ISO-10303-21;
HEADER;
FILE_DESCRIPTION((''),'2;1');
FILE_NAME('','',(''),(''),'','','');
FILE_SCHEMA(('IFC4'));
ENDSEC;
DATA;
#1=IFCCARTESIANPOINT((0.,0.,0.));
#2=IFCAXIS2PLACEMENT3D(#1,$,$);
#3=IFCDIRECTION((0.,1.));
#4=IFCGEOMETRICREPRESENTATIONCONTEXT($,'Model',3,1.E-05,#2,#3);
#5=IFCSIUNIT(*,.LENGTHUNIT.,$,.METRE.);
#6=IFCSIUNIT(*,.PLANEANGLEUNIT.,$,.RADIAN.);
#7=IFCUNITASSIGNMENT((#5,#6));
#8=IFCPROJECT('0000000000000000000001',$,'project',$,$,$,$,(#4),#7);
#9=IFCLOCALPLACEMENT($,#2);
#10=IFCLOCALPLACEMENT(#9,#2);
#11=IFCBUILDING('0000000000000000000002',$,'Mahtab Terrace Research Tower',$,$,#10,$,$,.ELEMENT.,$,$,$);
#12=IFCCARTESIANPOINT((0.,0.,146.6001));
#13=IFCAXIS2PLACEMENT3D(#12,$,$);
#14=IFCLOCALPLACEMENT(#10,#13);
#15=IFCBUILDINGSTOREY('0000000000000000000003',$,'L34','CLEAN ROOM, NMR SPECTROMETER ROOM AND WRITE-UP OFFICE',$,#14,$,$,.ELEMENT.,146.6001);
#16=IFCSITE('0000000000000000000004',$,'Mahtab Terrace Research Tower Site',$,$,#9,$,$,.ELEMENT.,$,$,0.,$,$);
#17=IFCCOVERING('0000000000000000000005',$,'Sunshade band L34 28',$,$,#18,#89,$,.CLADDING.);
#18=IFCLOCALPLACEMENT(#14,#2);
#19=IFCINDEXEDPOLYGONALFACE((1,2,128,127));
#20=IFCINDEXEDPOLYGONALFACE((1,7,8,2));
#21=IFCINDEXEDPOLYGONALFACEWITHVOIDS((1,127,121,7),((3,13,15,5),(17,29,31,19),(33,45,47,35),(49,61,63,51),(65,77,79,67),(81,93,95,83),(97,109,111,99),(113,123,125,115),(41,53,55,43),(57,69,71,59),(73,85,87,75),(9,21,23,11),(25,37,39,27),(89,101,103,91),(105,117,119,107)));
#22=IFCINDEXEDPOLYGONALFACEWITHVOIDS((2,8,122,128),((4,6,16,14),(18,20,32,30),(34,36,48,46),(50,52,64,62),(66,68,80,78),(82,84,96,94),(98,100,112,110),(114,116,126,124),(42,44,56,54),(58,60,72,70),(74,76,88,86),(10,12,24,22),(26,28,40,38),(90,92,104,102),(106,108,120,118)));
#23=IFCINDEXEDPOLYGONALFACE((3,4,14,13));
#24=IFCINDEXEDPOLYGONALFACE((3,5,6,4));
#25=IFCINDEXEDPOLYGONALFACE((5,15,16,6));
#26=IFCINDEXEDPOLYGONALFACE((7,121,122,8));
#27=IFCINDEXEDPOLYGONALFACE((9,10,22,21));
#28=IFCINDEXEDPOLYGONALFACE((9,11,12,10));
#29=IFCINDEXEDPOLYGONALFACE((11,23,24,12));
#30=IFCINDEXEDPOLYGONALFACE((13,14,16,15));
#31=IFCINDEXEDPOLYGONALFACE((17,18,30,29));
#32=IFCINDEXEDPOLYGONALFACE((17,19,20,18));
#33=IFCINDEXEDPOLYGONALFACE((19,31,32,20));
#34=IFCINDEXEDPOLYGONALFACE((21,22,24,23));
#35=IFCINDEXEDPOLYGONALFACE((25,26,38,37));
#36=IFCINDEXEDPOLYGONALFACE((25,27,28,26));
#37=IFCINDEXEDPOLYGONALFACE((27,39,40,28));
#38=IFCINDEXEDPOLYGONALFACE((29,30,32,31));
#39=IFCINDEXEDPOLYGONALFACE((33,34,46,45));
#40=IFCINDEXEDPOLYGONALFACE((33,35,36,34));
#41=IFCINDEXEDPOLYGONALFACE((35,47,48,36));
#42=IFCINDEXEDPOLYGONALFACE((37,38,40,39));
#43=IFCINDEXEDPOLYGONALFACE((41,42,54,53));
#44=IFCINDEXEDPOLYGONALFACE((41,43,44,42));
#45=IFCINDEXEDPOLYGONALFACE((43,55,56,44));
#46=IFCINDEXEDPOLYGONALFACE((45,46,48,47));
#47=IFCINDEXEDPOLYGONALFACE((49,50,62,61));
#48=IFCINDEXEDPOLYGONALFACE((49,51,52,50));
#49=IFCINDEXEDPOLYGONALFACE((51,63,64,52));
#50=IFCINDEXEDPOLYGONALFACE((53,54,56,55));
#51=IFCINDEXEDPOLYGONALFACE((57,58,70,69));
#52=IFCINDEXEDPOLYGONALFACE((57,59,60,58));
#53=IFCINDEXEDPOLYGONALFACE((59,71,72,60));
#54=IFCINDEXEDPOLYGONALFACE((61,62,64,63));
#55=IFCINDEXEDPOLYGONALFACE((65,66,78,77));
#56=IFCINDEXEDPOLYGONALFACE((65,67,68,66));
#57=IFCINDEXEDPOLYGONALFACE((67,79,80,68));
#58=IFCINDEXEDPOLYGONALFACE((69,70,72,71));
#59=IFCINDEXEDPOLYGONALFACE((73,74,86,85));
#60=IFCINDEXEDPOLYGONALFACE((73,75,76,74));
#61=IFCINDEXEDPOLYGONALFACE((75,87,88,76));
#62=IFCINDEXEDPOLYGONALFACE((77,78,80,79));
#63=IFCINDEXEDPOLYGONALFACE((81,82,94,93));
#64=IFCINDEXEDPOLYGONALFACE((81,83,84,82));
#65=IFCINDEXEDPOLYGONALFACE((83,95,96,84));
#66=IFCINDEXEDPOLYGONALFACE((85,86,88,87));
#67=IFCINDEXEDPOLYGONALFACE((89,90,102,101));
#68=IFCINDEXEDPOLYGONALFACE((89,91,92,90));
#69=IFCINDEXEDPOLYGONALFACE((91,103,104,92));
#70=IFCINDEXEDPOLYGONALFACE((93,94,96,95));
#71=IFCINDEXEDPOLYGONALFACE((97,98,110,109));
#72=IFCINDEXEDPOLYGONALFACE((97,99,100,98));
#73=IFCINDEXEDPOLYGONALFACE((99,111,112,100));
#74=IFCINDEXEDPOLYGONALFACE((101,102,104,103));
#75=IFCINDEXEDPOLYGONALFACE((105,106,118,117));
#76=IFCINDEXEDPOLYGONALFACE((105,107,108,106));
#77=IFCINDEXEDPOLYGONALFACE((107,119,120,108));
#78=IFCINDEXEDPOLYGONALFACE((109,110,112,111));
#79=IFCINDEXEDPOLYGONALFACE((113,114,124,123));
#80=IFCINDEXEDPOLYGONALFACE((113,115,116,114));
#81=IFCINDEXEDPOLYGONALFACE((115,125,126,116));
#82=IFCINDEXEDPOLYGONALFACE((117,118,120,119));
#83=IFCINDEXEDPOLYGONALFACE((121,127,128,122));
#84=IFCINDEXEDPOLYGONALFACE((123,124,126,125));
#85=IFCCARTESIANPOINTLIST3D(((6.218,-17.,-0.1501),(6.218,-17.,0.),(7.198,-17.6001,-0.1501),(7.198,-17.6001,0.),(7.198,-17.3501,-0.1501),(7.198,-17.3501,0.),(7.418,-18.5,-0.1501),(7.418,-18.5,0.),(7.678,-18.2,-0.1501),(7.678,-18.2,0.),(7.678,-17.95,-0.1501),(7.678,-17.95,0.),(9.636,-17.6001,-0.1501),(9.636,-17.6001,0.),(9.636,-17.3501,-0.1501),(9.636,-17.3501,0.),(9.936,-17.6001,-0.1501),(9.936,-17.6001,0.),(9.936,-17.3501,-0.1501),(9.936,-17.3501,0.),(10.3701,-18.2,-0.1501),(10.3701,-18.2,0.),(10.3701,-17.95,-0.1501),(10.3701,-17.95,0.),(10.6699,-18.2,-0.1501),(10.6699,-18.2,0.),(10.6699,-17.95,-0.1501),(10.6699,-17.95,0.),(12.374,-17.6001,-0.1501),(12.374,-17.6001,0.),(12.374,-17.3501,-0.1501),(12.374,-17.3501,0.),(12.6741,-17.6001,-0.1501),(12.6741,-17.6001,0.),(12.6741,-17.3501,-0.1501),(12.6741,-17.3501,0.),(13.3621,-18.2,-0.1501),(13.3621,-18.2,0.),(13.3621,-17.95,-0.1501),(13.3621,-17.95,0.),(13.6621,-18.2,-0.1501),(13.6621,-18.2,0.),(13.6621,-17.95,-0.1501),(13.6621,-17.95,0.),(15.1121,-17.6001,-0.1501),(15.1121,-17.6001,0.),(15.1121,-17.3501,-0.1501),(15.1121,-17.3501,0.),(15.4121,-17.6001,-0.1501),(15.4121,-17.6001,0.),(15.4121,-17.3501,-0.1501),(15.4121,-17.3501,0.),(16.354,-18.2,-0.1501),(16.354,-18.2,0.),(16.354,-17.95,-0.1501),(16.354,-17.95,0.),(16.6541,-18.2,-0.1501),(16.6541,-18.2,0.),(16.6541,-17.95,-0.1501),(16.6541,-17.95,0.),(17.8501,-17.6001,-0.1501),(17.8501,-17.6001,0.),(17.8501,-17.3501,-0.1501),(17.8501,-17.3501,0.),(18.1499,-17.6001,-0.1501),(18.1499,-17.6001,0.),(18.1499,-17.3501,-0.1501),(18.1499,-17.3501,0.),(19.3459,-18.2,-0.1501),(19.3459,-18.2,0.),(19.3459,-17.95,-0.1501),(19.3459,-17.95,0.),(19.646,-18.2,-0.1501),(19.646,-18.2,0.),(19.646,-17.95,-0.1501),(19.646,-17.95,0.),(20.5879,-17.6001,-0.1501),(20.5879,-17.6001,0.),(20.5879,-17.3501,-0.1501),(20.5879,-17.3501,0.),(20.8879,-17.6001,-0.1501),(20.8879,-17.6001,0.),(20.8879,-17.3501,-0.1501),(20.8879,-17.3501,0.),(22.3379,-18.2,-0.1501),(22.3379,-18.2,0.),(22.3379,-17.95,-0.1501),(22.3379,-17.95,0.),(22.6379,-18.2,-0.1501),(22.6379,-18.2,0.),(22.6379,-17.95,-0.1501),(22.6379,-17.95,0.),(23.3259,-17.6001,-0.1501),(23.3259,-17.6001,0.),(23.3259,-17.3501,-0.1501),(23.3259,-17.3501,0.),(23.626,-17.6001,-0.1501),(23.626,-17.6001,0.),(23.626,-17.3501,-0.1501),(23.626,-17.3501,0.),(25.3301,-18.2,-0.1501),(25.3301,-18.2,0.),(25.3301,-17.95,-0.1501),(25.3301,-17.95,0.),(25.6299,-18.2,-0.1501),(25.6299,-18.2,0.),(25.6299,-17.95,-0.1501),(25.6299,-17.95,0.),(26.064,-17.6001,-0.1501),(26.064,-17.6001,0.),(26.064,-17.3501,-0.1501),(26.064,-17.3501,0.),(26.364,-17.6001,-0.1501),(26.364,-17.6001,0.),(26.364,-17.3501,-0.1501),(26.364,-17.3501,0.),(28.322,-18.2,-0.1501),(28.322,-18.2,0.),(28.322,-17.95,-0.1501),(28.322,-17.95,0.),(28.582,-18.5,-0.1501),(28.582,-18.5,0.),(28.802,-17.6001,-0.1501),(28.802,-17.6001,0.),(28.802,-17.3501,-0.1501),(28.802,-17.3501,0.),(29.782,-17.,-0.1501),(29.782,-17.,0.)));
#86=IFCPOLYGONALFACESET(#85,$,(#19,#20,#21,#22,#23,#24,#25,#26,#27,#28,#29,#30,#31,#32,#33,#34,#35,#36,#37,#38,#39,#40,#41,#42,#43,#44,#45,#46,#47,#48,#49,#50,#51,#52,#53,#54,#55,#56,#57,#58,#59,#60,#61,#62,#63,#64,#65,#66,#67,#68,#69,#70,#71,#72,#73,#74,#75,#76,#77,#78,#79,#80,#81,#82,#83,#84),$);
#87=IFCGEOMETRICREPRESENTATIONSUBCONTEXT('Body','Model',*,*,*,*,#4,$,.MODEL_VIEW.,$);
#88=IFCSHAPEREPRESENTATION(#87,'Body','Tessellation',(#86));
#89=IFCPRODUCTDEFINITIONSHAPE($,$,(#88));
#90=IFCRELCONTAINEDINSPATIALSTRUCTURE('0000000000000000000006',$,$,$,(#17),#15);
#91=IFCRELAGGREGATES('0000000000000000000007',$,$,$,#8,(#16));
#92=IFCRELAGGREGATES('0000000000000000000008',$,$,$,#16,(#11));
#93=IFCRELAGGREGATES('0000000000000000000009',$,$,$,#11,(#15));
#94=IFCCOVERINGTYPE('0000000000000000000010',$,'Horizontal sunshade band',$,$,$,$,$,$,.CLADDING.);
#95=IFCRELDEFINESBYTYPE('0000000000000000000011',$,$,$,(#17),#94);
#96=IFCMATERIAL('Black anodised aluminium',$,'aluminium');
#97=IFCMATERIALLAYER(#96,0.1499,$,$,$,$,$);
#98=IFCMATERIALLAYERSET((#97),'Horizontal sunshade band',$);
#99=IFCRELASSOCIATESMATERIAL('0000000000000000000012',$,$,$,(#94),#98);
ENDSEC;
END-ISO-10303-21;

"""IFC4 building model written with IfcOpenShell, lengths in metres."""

from ifc_helpers import new_model, si_unit, direction, frame, origin, place, context, subcontext, project, spatial, polyline, outline, extrude, material, layer, layer_set, type_object, element, save


model = new_model("IFC4")

# Units and contexts
model_context = context("Model", 3, precision=1e-05, world=origin(), true_north=direction((0.0, 1.0)))
body_context = subcontext(model_context, "Body", "Model", "MODEL_VIEW")
ifc_project = project(units=[si_unit("LENGTHUNIT", "METRE"), si_unit("PLANEANGLEUNIT", "RADIAN")], contexts=[model_context])

# Site, building, storey
site_placement = place(None, origin())
site = spatial("IfcSite", under=ifc_project, at=site_placement, Name="Mahtab Terrace Research Tower Site", CompositionType="ELEMENT", RefElevation=0.0)
building_placement = place(site_placement, origin())
building = spatial("IfcBuilding", under=site, at=building_placement, Name="Mahtab Terrace Research Tower", CompositionType="ELEMENT")
storey_placement = place(building_placement, frame((0.0, 0.0, 146.6001)))
storey = spatial("IfcBuildingStorey", under=building, at=storey_placement, Name="L34", Description="CLEAN ROOM, NMR SPECTROMETER ROOM AND WRITE-UP OFFICE", CompositionType="ELEMENT", Elevation=146.6001)

# Covering
ifc_material_1 = material(Name="Black anodised aluminium", Category="aluminium")
ifc_layer_1 = layer(ifc_material_1, 0.1499)
ifc_layer_set_1 = layer_set([ifc_layer_1], Name="Horizontal sunshade band")
covering_type = type_object("IfcCoveringType", Name="Horizontal sunshade band", PredefinedType="CLADDING", material=ifc_layer_set_1)
covering_1_placement = place(storey_placement, frame((0.0, 0.0, -0.1501)))
element("IfcCovering", 1, at=covering_1_placement, inside=storey, type_object=covering_type, Name="Sunshade band L34 28", PredefinedType="CLADDING", context=body_context, shape_type="SweptSolid", body=[
    extrude(outline(polyline([(6.218, -17.0), (29.782, -17.0), (28.582, -18.5), (7.418, -18.5), (6.218, -17.0)]), holes=[polyline([(7.198, -17.3501), (9.636, -17.3501), (9.636, -17.6001), (7.198, -17.6001), (7.198, -17.3501)]), polyline([(9.936, -17.3501), (12.374, -17.3501), (12.374, -17.6001), (9.936, -17.6001), (9.936, -17.3501)]), polyline([(12.6741, -17.3501), (15.1121, -17.3501), (15.1121, -17.6001), (12.6741, -17.6001), (12.6741, -17.3501)]), polyline([(15.4121, -17.3501), (17.8501, -17.3501), (17.8501, -17.6001), (15.4121, -17.6001), (15.4121, -17.3501)]), polyline([(18.1499, -17.3501), (20.5879, -17.3501), (20.5879, -17.6001), (18.1499, -17.6001), (18.1499, -17.3501)]), polyline([(20.8879, -17.3501), (23.3259, -17.3501), (23.3259, -17.6001), (20.8879, -17.6001), (20.8879, -17.3501)]), polyline([(23.626, -17.3501), (26.064, -17.3501), (26.064, -17.6001), (23.626, -17.6001), (23.626, -17.3501)]), polyline([(26.364, -17.3501), (28.802, -17.3501), (28.802, -17.6001), (26.364, -17.6001), (26.364, -17.3501)]), polyline([(7.678, -17.95), (10.3701, -17.95), (10.3701, -18.2), (7.678, -18.2), (7.678, -17.95)]), polyline([(10.6699, -17.95), (13.3621, -17.95), (13.3621, -18.2), (10.6699, -18.2), (10.6699, -17.95)]), polyline([(13.6621, -17.95), (16.354, -17.95), (16.354, -18.2), (13.6621, -18.2), (13.6621, -17.95)]), polyline([(16.6541, -17.95), (19.3459, -17.95), (19.3459, -18.2), (16.6541, -18.2), (16.6541, -17.95)]), polyline([(19.646, -17.95), (22.3379, -17.95), (22.3379, -18.2), (19.646, -18.2), (19.646, -17.95)]), polyline([(22.6379, -17.95), (25.3301, -17.95), (25.3301, -18.2), (22.6379, -18.2), (22.6379, -17.95)]), polyline([(25.6299, -17.95), (28.322, -17.95), (28.322, -18.2), (25.6299, -18.2), (25.6299, -17.95)])]), origin(), (0.0, 0.0, 1.0), 0.1501),
])

save(model, "model.ifc")
